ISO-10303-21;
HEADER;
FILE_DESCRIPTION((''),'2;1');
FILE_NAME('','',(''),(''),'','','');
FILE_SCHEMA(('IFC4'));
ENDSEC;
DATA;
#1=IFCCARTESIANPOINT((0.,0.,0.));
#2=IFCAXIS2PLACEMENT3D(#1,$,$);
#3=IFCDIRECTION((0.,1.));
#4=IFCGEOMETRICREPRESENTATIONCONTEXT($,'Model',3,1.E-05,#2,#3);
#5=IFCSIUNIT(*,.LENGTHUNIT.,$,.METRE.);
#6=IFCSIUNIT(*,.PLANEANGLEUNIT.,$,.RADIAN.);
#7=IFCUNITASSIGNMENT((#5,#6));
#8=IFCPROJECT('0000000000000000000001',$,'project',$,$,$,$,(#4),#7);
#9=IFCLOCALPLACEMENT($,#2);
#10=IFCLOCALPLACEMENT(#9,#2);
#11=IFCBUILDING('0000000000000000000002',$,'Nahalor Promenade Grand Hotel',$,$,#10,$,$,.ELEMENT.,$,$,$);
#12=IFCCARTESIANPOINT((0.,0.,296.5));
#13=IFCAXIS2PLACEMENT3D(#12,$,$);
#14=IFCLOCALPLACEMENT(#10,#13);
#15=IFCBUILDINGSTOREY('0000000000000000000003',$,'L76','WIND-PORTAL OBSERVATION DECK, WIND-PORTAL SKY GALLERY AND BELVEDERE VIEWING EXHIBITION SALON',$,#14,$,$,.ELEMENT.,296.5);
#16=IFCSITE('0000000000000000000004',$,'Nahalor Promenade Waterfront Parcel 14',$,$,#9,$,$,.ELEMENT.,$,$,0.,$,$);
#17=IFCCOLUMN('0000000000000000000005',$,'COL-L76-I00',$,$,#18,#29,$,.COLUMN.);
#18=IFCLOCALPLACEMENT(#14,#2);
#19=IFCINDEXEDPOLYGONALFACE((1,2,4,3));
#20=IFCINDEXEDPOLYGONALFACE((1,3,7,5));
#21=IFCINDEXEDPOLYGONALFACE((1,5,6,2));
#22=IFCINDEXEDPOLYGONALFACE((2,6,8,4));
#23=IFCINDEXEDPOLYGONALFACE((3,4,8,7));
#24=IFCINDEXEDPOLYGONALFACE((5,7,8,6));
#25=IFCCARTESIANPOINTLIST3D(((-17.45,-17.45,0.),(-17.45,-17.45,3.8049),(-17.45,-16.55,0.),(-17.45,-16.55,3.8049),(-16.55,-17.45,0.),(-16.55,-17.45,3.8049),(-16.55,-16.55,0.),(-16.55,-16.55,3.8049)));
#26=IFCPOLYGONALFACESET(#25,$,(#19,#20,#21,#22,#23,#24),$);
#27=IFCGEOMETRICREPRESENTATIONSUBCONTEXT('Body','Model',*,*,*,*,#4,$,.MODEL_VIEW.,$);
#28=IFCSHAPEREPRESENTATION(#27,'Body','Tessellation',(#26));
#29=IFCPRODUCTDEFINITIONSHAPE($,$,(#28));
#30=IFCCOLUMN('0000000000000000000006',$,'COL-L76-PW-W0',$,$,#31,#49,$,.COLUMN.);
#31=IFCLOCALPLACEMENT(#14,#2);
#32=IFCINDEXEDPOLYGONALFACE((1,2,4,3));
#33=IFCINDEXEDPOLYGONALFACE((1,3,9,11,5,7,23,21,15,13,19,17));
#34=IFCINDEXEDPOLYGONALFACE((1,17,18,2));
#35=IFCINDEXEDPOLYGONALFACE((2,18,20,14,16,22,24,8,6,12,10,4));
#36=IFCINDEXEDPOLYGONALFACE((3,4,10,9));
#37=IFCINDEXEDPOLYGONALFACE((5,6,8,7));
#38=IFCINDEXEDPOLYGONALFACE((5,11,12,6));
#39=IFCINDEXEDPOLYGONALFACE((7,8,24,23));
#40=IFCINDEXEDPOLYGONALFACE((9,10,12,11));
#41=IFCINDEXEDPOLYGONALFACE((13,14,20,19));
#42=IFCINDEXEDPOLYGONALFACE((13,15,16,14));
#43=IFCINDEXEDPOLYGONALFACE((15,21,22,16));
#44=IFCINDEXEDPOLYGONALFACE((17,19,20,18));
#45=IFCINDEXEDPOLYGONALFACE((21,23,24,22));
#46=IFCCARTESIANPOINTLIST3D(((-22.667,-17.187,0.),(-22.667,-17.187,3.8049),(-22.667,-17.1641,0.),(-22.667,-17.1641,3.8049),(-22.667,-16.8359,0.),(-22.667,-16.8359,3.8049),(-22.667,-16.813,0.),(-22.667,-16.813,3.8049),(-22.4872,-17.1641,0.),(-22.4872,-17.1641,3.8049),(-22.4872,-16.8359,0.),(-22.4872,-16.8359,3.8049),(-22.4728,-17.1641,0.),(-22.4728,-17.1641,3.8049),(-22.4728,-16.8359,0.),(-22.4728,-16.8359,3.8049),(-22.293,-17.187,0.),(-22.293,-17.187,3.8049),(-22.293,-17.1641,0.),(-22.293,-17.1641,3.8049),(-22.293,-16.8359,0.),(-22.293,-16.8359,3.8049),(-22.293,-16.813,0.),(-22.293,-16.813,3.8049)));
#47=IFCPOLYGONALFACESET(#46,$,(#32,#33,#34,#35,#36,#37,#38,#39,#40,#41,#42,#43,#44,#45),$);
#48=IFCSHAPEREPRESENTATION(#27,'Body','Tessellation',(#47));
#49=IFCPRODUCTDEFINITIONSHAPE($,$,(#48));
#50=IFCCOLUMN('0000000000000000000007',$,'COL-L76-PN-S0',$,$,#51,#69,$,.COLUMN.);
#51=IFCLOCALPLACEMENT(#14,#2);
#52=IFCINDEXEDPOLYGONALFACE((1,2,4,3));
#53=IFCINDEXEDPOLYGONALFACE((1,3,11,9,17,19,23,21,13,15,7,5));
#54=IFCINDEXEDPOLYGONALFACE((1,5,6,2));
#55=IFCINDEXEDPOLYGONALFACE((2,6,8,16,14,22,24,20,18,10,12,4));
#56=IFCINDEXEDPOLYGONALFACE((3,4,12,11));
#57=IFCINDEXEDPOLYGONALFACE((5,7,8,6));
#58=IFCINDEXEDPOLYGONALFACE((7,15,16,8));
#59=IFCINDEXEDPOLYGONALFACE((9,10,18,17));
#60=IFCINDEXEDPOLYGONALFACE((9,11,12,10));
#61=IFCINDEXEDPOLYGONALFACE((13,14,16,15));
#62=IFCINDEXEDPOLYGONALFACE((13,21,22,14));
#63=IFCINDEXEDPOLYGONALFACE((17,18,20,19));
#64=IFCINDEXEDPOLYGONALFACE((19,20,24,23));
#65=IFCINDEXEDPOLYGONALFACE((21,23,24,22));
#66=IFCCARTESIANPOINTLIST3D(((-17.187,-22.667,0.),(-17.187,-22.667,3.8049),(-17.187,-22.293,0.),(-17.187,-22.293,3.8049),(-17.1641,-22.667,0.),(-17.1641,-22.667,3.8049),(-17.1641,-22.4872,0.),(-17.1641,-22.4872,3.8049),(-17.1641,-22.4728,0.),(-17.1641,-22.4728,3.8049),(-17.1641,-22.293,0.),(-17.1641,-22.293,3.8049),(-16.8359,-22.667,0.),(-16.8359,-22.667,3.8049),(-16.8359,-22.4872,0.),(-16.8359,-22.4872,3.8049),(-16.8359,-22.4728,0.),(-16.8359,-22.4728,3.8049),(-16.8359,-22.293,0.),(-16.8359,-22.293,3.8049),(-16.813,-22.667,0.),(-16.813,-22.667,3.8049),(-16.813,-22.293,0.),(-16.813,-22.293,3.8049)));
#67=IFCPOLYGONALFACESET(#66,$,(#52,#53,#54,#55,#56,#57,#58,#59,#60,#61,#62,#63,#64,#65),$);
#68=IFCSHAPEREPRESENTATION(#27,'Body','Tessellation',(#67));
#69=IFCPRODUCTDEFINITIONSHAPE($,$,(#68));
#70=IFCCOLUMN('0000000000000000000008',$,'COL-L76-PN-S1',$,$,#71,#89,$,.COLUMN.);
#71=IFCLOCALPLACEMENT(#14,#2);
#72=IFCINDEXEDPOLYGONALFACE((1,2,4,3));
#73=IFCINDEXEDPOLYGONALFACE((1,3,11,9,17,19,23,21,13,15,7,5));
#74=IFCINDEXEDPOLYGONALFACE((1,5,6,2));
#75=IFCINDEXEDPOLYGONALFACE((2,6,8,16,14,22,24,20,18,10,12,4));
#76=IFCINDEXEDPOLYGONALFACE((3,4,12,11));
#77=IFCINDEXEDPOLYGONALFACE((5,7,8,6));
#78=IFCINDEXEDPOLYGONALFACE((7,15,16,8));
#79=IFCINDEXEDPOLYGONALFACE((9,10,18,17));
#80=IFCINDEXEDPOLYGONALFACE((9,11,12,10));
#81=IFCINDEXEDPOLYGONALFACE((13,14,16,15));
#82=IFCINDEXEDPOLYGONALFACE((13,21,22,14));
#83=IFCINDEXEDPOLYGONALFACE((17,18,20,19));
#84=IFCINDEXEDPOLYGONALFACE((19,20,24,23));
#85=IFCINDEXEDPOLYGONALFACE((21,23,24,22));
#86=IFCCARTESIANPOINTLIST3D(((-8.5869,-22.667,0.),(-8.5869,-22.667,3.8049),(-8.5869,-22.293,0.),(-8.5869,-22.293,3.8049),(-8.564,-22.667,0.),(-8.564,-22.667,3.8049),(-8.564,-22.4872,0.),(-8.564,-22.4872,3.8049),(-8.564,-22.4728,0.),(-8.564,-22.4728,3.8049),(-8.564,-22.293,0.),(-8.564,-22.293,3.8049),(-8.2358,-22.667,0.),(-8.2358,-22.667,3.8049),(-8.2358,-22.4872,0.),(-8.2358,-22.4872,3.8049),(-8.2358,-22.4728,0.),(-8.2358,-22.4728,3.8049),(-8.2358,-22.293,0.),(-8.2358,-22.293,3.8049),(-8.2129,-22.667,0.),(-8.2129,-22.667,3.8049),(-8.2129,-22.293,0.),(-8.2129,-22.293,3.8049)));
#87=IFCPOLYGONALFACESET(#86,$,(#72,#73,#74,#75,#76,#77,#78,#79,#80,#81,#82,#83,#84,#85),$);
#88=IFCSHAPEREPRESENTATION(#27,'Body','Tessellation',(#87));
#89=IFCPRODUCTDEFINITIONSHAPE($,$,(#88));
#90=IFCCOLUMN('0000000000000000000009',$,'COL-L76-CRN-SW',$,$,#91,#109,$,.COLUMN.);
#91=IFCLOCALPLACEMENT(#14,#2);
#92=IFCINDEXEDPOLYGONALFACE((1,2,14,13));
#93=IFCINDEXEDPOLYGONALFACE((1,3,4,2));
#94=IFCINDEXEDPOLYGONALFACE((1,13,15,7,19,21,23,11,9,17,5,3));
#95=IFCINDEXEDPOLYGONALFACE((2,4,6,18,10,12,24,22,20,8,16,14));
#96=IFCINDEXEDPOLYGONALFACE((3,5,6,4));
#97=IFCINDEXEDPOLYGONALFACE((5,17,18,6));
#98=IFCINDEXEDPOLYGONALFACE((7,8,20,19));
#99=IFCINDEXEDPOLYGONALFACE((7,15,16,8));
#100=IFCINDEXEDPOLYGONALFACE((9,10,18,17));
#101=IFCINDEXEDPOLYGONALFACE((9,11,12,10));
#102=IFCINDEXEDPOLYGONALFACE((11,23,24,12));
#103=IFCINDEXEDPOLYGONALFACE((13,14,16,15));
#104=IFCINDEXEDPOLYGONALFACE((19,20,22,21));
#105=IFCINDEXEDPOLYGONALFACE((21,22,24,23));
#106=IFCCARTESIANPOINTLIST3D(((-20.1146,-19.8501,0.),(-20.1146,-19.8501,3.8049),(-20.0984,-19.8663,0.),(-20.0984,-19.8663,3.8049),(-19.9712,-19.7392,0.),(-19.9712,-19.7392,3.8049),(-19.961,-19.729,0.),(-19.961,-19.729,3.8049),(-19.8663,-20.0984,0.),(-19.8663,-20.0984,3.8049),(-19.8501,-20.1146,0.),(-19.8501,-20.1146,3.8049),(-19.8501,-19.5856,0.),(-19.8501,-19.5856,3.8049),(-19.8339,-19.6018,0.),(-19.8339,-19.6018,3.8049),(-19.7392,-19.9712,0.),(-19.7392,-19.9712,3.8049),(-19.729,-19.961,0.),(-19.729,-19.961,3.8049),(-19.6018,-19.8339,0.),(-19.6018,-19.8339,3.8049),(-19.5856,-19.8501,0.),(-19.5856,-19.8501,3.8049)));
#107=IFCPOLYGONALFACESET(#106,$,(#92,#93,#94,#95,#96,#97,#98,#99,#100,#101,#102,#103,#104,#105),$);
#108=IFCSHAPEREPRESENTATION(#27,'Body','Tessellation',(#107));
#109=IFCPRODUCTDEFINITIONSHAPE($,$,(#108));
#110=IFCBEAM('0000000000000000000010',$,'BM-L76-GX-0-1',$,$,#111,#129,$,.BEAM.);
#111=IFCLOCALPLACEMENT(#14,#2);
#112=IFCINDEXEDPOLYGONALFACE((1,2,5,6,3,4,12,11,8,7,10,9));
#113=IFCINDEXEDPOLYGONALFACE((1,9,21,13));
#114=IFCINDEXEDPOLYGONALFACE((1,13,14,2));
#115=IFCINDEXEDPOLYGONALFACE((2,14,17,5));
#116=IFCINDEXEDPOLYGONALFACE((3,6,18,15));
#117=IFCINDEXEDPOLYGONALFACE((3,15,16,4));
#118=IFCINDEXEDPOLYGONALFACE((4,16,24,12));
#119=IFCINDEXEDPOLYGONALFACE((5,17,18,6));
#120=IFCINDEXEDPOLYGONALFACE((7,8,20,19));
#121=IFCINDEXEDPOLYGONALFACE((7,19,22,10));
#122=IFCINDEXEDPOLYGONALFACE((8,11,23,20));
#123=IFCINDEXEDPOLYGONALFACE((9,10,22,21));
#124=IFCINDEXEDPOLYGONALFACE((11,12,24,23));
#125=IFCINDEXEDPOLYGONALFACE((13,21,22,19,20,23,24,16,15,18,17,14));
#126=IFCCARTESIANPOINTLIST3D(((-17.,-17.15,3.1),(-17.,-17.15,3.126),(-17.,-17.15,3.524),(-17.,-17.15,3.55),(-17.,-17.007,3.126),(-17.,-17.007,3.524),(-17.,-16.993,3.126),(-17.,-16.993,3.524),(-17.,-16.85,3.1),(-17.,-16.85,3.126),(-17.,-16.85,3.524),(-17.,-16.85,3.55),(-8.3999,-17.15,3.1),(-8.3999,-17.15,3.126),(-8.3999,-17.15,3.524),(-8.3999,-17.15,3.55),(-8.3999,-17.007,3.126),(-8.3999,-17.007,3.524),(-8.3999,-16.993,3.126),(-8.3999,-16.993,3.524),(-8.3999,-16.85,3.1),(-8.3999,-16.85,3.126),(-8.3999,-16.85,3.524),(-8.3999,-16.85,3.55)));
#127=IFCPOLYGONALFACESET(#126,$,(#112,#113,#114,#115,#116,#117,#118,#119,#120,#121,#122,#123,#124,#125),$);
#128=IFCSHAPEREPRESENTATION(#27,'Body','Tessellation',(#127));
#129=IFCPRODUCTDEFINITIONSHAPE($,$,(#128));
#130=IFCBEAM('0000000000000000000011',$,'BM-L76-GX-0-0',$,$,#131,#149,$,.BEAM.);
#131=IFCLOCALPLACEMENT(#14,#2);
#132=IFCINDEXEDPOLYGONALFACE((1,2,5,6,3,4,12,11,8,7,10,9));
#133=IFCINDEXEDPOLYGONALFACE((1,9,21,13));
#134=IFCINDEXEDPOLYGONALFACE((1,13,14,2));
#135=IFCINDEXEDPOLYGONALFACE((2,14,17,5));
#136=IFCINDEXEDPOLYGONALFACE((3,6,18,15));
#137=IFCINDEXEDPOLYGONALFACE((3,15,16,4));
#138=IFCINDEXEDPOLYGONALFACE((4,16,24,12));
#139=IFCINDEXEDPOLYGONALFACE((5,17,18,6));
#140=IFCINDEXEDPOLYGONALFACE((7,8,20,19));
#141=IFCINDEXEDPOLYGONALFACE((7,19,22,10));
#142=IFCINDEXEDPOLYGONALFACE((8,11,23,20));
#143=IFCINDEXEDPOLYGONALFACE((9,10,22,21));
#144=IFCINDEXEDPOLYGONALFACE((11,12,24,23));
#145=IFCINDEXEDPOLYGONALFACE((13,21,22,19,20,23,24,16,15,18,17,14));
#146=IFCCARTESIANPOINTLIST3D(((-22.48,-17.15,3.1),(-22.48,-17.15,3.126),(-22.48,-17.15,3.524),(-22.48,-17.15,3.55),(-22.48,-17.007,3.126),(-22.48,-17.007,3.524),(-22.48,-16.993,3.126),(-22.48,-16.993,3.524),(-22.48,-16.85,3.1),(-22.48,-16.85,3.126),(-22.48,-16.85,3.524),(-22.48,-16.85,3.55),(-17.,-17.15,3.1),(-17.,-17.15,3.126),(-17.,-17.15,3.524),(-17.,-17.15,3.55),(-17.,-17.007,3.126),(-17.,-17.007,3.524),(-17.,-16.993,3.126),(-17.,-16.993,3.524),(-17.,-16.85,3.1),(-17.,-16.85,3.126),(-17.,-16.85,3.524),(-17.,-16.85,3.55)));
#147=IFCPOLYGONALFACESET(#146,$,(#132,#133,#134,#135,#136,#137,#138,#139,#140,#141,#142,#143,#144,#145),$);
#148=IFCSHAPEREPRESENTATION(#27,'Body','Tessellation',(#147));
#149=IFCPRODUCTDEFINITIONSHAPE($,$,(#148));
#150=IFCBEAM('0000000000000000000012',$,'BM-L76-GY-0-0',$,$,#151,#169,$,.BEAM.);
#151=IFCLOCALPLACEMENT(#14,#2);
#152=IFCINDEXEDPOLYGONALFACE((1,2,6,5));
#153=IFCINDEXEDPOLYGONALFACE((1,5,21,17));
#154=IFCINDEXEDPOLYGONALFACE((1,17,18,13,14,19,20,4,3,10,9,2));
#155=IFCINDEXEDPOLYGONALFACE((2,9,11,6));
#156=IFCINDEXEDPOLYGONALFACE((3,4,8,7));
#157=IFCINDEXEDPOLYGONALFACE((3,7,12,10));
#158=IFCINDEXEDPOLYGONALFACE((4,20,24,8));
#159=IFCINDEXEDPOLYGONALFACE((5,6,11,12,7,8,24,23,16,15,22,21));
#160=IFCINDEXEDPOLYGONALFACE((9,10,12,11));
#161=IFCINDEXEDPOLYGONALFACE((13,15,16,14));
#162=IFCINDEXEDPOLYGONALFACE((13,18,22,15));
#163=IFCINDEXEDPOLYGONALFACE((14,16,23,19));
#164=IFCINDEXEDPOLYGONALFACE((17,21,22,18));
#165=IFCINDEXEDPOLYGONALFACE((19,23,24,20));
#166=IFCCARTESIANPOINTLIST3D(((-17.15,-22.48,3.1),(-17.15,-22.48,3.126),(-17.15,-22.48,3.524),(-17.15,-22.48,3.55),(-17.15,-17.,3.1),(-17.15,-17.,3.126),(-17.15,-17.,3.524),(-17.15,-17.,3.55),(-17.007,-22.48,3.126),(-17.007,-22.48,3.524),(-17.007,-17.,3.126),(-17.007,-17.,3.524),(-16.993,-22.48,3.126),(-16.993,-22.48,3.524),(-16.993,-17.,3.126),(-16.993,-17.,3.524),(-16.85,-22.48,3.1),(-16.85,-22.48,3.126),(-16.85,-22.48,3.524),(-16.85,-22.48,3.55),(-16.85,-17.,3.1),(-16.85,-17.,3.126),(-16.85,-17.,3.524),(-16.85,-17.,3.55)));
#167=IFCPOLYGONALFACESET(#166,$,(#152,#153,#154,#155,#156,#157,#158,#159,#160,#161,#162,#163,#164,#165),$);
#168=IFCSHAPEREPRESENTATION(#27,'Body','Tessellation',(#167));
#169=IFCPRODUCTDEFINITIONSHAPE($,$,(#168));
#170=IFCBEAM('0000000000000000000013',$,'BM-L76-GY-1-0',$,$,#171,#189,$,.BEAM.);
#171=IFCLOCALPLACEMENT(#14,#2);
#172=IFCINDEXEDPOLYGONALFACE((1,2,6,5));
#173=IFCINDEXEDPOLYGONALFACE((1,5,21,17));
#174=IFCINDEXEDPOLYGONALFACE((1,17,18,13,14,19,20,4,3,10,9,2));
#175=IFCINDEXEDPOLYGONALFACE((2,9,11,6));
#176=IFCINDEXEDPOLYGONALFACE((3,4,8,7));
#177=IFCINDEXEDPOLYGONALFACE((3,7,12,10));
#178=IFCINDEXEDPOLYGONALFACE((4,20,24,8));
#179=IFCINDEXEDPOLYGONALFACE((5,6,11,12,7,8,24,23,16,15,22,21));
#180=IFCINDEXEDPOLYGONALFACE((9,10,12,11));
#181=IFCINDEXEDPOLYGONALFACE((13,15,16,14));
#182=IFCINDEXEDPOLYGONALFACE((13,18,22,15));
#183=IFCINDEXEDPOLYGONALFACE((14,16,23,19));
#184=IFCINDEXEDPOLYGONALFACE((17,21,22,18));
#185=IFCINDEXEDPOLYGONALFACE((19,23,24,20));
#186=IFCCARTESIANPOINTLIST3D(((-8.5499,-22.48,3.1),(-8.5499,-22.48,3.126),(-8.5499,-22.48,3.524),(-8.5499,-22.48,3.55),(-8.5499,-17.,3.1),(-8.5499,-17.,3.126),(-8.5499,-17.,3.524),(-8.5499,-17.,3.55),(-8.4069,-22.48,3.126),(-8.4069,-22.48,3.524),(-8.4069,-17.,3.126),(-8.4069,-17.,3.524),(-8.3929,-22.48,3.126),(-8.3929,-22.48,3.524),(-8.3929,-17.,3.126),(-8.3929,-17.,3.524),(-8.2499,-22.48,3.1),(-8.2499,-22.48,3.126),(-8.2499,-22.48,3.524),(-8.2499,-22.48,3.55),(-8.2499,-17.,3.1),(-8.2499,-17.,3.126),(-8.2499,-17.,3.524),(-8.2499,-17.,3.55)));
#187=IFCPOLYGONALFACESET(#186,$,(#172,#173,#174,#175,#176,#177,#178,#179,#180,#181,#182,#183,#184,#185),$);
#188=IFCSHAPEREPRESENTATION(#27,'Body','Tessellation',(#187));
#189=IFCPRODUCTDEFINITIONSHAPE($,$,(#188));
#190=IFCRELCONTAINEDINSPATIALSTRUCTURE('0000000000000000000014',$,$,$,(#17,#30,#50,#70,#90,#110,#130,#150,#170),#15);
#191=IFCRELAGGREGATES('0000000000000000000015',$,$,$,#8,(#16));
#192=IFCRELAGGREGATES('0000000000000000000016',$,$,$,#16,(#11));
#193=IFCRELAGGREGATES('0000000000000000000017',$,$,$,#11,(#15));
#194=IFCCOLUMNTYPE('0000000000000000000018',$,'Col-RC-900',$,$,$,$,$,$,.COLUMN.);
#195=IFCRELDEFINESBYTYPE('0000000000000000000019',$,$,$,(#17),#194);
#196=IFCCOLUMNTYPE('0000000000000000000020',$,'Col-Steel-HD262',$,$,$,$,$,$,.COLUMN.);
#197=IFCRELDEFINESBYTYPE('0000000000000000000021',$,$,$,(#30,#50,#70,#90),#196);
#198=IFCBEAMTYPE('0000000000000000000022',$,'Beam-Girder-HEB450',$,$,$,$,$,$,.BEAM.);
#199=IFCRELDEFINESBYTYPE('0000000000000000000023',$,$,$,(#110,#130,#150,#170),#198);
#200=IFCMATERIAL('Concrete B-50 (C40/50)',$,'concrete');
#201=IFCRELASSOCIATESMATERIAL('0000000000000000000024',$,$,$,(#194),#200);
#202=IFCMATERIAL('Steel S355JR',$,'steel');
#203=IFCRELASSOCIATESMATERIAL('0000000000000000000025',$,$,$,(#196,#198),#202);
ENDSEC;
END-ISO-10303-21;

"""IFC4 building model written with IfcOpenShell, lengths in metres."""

from ifc_helpers import new_model, si_unit, direction, frame, origin, origin_2d, place, context, subcontext, project, spatial, rectangle, i_section, extrude, source, transform, mapped, material, material_profile, profile_set, type_object, element, save


model = new_model("IFC4")

# Units and contexts
model_context = context("Model", 3, precision=1e-05, world=origin(), true_north=direction((0.0, 1.0)))
body_context = subcontext(model_context, "Body", "Model", "MODEL_VIEW")
ifc_project = project(units=[si_unit("LENGTHUNIT", "METRE"), si_unit("PLANEANGLEUNIT", "RADIAN")], contexts=[model_context])

# Site, building, storey
site_placement = place(None, origin())
site = spatial("IfcSite", under=ifc_project, at=site_placement, Name="Nahalor Promenade Waterfront Parcel 14", CompositionType="ELEMENT", RefElevation=0.0)
building_placement = place(site_placement, origin())
building = spatial("IfcBuilding", under=site, at=building_placement, Name="Nahalor Promenade Grand Hotel", CompositionType="ELEMENT")
storey_placement = place(building_placement, frame((0.0, 0.0, 296.5)))
storey = spatial("IfcBuildingStorey", under=building, at=storey_placement, Name="L76", Description="WIND-PORTAL OBSERVATION DECK, WIND-PORTAL SKY GALLERY AND BELVEDERE VIEWING EXHIBITION SALON", CompositionType="ELEMENT", Elevation=296.5)

# Columns
ifc_material_1 = material(Name="Concrete B-50 (C40/50)", Category="concrete")
ifc_material_profile_1 = material_profile(ifc_material_1, rectangle(XDim=0.9, YDim=0.9, at=origin_2d()), Name="RC 900x900")
ifc_profile_set_1 = profile_set([ifc_material_profile_1], Name="Concrete B-50 (C40/50)")
column_type_1 = type_object("IfcColumnType", Name="Col-RC-900", PredefinedType="COLUMN", material=ifc_profile_set_1)
shared_shape_1 = source(origin(), body_context, "Body", "SweptSolid", [
    extrude(rectangle(XDim=0.9, YDim=0.9, at=origin_2d()), origin(), (0.0, 0.0, 1.0), 3.8049),
])
column_placement = place(storey_placement, frame((-17.0, -17.0, 0.0), z_axis=(0.0, 0.0, 1.0), x_axis=(1.0, 0.0, 0.0)))
element("IfcColumn", 1, at=column_placement, inside=storey, type_object=column_type_1, Name="COL-L76-I00", PredefinedType="COLUMN", context=body_context, shape_type="MappedRepresentation", body=[
    mapped(shared_shape_1, transform((0.0, 0.0, 0.0), scale=1.0)),
])
ifc_material_2 = material(Name="Steel S355JR", Category="steel")
ifc_material_profile_2 = material_profile(ifc_material_2, i_section(OverallWidth=0.374, OverallDepth=0.374, WebThickness=0.0144, FlangeThickness=0.0229, at=origin_2d()), Name="HD 360x262")
ifc_profile_set_2 = profile_set([ifc_material_profile_2], Name="Steel S355JR")
column_type_2 = type_object("IfcColumnType", Name="Col-Steel-HD262", PredefinedType="COLUMN", material=ifc_profile_set_2)
shared_shape_2 = source(origin(), body_context, "Body", "SweptSolid", [
    extrude(i_section(OverallWidth=0.374, OverallDepth=0.374, WebThickness=0.0144, FlangeThickness=0.0229, at=origin_2d()), origin(), (0.0, 0.0, 1.0), 3.8049),
])
for number, where, z_axis, x_axis, name in (
    (2, (-22.48, -17.0, 0.0), (0.0, 0.0, 1.0), (1.0, 0.0, 0.0), "COL-L76-PW-W0"),
    (3, (-17.0, -22.48, 0.0), (0.0, 0.0, 1.0), (0.0, 1.0, 0.0), "COL-L76-PN-S0"),
    (4, (-8.3999, -22.48, 0.0), (0.0, 0.0, 1.0), (0.0, 1.0, 0.0), "COL-L76-PN-S1"),
    (5, (-19.8501, -19.8501, 0.0), (0.0, 0.0, 1.0), (0.707107, 0.707107, 0.0), "COL-L76-CRN-SW"),
):
    element("IfcColumn", number, at=place(storey_placement, frame(where, z_axis=z_axis, x_axis=x_axis)), inside=storey, type_object=column_type_2, Name=name, PredefinedType="COLUMN", context=body_context, shape_type="MappedRepresentation", body=[
        mapped(shared_shape_2, transform((0.0, 0.0, 0.0), scale=1.0)),
    ])

# Beams
ifc_material_profile_3 = material_profile(ifc_material_2, i_section(OverallWidth=0.3, OverallDepth=0.45, WebThickness=0.014, FlangeThickness=0.026, at=origin_2d()), Name="HEB 450")
ifc_profile_set_3 = profile_set([ifc_material_profile_3], Name="Steel S355JR")
beam_type_1 = type_object("IfcBeamType", Name="Beam-Girder-HEB450", PredefinedType="BEAM", material=ifc_profile_set_3)
shared_shape_3 = source(origin(), body_context, "Body", "SweptSolid", [
    extrude(i_section(OverallWidth=0.3, OverallDepth=0.45, WebThickness=0.014, FlangeThickness=0.026, at=origin_2d()), origin(), (0.0, 0.0, 1.0), 8.6001),
])
beam_1_placement = place(storey_placement, frame((-17.0, -17.0, 3.325), z_axis=(1.0, 0.0, 0.0), x_axis=(0.0, 1.0, 0.0)))
element("IfcBeam", 6, at=beam_1_placement, inside=storey, type_object=beam_type_1, Name="BM-L76-GX-0-1", PredefinedType="BEAM", context=body_context, shape_type="MappedRepresentation", body=[
    mapped(shared_shape_3, transform((0.0, 0.0, 0.0), scale=1.0)),
])
shared_shape_4 = source(origin(), body_context, "Body", "SweptSolid", [
    extrude(i_section(OverallWidth=0.3, OverallDepth=0.45, WebThickness=0.014, FlangeThickness=0.026, at=origin_2d()), origin(), (0.0, 0.0, 1.0), 5.48),
])
for number, where, z_axis, x_axis, name in (
    (7, (-22.48, -17.0, 3.325), (1.0, 0.0, 0.0), (0.0, 1.0, 0.0), "BM-L76-GX-0-0"),
    (8, (-17.0, -22.48, 3.325), (0.0, 1.0, 0.0), (-1.0, 0.0, 0.0), "BM-L76-GY-0-0"),
    (9, (-8.3999, -22.48, 3.325), (0.0, 1.0, 0.0), (-1.0, 0.0, 0.0), "BM-L76-GY-1-0"),
):
    element("IfcBeam", number, at=place(storey_placement, frame(where, z_axis=z_axis, x_axis=x_axis)), inside=storey, type_object=beam_type_1, Name=name, PredefinedType="BEAM", context=body_context, shape_type="MappedRepresentation", body=[
        mapped(shared_shape_4, transform((0.0, 0.0, 0.0), scale=1.0)),
    ])

save(model, "model.ifc")
